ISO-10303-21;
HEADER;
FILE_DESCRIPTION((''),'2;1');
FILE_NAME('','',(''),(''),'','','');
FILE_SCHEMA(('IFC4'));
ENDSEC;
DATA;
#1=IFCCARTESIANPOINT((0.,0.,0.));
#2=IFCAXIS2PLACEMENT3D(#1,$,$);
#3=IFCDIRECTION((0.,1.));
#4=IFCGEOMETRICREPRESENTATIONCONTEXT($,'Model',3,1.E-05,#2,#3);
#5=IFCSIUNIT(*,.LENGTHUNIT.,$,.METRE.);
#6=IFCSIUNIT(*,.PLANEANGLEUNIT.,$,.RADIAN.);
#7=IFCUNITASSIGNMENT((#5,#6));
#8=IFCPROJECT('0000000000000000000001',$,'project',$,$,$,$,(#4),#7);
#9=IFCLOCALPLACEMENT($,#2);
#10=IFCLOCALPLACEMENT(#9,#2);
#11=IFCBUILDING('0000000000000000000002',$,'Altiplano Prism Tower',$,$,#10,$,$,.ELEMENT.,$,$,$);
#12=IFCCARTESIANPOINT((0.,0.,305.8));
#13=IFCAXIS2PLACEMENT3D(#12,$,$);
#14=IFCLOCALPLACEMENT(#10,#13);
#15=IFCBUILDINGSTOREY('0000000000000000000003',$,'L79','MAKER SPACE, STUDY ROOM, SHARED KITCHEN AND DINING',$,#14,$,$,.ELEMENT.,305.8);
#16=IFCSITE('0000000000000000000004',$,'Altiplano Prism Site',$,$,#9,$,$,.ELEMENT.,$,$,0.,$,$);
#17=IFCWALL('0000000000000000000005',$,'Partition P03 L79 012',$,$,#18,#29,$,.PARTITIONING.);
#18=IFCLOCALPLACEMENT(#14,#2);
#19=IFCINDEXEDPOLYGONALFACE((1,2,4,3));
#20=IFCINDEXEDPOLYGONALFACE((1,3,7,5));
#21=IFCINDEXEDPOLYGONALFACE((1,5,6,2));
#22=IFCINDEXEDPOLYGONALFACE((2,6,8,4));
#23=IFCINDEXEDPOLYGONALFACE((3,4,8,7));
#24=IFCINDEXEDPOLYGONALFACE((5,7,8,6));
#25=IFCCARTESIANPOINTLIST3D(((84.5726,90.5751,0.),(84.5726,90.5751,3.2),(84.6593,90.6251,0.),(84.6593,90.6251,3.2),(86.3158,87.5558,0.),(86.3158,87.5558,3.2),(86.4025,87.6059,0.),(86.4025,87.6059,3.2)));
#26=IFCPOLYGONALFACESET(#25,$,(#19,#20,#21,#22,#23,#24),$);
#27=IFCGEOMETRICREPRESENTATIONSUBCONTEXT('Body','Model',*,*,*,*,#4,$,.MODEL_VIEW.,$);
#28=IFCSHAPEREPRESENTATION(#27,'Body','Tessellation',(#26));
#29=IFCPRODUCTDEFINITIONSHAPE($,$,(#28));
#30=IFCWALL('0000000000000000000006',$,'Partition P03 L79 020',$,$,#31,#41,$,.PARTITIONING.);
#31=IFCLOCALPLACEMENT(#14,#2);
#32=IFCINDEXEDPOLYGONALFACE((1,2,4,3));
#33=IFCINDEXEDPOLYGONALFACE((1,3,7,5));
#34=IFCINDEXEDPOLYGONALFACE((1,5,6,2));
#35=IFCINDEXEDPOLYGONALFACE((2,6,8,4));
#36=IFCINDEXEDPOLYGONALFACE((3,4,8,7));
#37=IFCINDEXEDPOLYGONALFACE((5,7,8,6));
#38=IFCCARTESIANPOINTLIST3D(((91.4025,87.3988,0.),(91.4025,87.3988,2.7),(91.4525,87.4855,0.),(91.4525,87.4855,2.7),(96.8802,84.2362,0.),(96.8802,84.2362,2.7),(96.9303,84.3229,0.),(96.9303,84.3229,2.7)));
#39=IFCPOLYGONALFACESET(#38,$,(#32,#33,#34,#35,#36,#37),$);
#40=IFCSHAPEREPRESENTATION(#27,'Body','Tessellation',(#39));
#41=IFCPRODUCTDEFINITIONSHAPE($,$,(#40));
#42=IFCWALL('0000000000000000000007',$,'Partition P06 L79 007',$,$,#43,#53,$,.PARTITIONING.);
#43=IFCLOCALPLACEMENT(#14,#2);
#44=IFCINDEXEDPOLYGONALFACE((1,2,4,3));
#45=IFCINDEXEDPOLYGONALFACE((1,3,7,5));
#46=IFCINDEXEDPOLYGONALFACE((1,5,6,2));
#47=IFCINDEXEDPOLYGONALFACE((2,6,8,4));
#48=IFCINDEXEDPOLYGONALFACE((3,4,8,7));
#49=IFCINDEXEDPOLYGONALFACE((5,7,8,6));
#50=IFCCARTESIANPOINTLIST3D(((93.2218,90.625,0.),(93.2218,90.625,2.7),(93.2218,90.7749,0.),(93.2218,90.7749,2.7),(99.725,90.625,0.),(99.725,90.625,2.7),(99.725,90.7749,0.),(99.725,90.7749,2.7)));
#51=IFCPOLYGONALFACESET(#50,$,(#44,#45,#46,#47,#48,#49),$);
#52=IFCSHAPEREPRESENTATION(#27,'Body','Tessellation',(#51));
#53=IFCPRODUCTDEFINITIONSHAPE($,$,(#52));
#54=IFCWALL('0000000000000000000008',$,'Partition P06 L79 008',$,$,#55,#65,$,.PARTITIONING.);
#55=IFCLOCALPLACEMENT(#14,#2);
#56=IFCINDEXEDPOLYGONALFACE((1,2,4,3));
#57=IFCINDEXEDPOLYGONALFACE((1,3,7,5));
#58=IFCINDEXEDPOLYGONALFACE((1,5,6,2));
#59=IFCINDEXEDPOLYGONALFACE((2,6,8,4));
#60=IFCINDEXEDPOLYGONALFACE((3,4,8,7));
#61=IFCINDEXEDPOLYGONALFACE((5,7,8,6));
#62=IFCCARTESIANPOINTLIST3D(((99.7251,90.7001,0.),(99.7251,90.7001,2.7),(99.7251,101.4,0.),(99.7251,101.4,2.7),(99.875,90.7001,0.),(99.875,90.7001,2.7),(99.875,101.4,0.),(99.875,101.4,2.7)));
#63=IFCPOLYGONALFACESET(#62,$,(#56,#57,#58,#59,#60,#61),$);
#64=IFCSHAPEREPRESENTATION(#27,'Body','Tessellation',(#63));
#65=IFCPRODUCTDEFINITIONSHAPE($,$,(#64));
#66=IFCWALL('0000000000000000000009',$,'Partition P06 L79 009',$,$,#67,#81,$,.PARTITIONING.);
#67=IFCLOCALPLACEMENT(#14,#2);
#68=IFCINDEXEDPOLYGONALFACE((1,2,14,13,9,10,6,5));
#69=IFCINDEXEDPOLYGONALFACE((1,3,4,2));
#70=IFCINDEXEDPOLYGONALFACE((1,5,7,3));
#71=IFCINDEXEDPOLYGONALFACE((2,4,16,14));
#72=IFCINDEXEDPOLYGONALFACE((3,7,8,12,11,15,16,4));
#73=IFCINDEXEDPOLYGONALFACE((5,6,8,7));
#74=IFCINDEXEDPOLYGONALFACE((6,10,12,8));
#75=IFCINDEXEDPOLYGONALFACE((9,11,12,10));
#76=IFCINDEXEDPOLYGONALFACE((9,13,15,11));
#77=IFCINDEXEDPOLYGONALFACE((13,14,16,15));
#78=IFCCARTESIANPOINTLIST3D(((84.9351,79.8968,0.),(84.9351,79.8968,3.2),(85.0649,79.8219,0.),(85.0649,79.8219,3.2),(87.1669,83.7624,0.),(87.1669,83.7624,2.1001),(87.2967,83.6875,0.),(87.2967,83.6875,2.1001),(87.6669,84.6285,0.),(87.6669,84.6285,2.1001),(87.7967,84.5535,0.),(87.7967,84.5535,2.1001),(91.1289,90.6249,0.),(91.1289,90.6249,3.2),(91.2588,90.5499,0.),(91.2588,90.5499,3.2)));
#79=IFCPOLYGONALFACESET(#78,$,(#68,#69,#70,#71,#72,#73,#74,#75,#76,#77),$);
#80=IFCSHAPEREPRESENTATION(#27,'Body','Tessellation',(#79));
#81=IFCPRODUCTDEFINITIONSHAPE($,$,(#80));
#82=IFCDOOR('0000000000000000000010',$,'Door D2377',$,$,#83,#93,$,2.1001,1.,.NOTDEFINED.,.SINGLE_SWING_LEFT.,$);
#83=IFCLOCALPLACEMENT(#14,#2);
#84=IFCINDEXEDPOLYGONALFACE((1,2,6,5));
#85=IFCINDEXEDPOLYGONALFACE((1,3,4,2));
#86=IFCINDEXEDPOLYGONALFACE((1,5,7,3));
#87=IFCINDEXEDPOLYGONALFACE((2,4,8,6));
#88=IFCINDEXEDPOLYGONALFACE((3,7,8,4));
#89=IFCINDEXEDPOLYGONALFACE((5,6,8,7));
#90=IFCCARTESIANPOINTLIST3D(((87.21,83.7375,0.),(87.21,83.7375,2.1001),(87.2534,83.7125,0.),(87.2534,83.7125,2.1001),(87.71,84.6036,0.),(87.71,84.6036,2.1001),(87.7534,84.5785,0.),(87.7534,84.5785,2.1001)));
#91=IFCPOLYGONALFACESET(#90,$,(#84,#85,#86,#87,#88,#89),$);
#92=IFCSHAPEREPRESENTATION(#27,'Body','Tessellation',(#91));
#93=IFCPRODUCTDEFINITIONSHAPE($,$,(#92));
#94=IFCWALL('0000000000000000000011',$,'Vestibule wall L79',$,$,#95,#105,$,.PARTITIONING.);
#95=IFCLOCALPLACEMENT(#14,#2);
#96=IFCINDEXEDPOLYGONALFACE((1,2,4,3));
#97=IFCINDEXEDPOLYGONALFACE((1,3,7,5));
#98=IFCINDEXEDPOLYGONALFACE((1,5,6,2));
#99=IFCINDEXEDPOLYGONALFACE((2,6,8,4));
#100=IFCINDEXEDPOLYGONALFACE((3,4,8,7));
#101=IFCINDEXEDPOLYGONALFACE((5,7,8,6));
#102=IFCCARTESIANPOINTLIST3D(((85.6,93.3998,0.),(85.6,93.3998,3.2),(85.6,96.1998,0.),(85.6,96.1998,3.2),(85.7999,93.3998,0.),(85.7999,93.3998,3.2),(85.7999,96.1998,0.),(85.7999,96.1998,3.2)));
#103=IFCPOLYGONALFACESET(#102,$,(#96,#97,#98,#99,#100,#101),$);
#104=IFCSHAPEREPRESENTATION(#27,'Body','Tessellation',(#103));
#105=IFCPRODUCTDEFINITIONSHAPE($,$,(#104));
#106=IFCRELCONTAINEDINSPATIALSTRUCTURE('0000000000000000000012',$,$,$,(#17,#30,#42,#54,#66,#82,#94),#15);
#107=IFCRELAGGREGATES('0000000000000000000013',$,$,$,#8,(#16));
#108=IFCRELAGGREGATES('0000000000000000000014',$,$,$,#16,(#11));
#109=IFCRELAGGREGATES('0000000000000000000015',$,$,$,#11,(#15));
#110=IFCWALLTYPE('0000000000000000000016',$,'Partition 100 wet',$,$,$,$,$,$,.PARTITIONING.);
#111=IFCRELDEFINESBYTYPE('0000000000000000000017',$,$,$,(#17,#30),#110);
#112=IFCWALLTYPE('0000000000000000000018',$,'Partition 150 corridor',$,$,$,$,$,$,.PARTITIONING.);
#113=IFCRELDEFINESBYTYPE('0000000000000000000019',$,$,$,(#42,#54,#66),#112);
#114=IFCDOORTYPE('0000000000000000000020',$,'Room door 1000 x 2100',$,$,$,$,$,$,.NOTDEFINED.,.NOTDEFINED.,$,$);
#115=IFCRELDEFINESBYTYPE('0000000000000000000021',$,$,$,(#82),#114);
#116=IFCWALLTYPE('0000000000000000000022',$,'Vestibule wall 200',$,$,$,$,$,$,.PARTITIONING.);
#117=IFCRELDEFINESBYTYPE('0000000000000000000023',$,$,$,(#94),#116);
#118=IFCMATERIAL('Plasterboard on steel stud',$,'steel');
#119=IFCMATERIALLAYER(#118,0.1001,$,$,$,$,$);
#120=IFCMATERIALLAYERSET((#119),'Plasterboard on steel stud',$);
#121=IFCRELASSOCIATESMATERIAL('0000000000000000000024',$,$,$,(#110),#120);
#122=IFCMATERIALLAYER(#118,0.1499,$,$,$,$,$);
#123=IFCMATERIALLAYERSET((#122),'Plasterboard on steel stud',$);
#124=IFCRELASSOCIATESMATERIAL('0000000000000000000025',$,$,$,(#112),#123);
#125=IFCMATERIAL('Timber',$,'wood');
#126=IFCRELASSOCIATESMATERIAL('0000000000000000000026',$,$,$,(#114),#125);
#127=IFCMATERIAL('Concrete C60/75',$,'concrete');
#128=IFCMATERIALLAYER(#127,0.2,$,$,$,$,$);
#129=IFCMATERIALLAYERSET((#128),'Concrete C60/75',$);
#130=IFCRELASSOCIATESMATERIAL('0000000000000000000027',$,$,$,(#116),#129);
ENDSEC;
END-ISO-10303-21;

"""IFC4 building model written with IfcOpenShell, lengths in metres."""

from ifc_helpers import new_model, si_unit, direction, frame, frame_2d, origin, place, context, subcontext, project, spatial, rectangle, extrude, material, layer, layer_set, type_object, element, fill, save


model = new_model("IFC4")

# Units and contexts
model_context = context("Model", 3, precision=1e-05, world=origin(), true_north=direction((0.0, 1.0)))
body_context = subcontext(model_context, "Body", "Model", "MODEL_VIEW")
ifc_project = project(units=[si_unit("LENGTHUNIT", "METRE"), si_unit("PLANEANGLEUNIT", "RADIAN")], contexts=[model_context])

# Site, building, storey
site_placement = place(None, origin())
site = spatial("IfcSite", under=ifc_project, at=site_placement, Name="Altiplano Prism Site", CompositionType="ELEMENT", RefElevation=0.0)
building_placement = place(site_placement, origin())
building = spatial("IfcBuilding", under=site, at=building_placement, Name="Altiplano Prism Tower", CompositionType="ELEMENT")
storey_placement = place(building_placement, frame((0.0, 0.0, 305.8)))
storey = spatial("IfcBuildingStorey", under=building, at=storey_placement, Name="L79", Description="MAKER SPACE, STUDY ROOM, SHARED KITCHEN AND DINING", CompositionType="ELEMENT", Elevation=305.8)

# Shared definitions
ifc_material_1 = material(Name="Concrete C60/75", Category="concrete")

# Walls
ifc_material_2 = material(Name="Plasterboard on steel stud", Category="steel")
ifc_layer_1 = layer(ifc_material_2, 0.1001)
ifc_layer_set_1 = layer_set([ifc_layer_1], Name="Plasterboard on steel stud")
wall_type_1 = type_object("IfcWallType", Name="Partition 100 wet", PredefinedType="PARTITIONING", material=ifc_layer_set_1)
wall_1_placement = place(storey_placement, frame((84.616, 90.6001, 0.0), z_axis=(0.0, 0.0, 1.0), x_axis=(0.499995, -0.866028, 0.0)))
element("IfcWall", 1, at=wall_1_placement, inside=storey, type_object=wall_type_1, Name="Partition P03 L79 012", PredefinedType="PARTITIONING", context=body_context, shape_type="SweptSolid", body=[
    extrude(rectangle(XDim=3.4863, YDim=0.1001, at=frame_2d((1.7432, 0.0))), origin(), (0.0, 0.0, 1.0), 3.2),
])
wall_2_placement = place(storey_placement, frame((96.9053, 84.2795, 0.0), z_axis=(0.0, 0.0, 1.0), x_axis=(-0.866026, 0.5, 0.0)))
element("IfcWall", 2, at=wall_2_placement, inside=storey, type_object=wall_type_1, Name="Partition P03 L79 020", PredefinedType="PARTITIONING", context=body_context, shape_type="SweptSolid", body=[
    extrude(rectangle(XDim=6.3252, YDim=0.1001, at=frame_2d((3.1626, 0.0))), origin(), (0.0, 0.0, 1.0), 2.7),
])
ifc_layer_2 = layer(ifc_material_2, 0.1499)
ifc_layer_set_2 = layer_set([ifc_layer_2], Name="Plasterboard on steel stud")
wall_type_2 = type_object("IfcWallType", Name="Partition 150 corridor", PredefinedType="PARTITIONING", material=ifc_layer_set_2)
wall_3_placement = place(storey_placement, frame((93.2219, 90.7, 0.0), z_axis=(0.0, 0.0, 1.0), x_axis=(1.0, 0.0, 0.0)))
element("IfcWall", 3, at=wall_3_placement, inside=storey, type_object=wall_type_2, Name="Partition P06 L79 007", PredefinedType="PARTITIONING", context=body_context, shape_type="SweptSolid", body=[
    extrude(rectangle(XDim=6.5032, YDim=0.1499, at=frame_2d((3.2515, 0.0))), origin(), (0.0, 0.0, 1.0), 2.7),
])
wall_4_placement = place(storey_placement, frame((99.8, 90.7, 0.0), z_axis=(0.0, 0.0, 1.0), x_axis=(0.0, 1.0, 0.0)))
element("IfcWall", 4, at=wall_4_placement, inside=storey, type_object=wall_type_2, Name="Partition P06 L79 008", PredefinedType="PARTITIONING", context=body_context, shape_type="SweptSolid", body=[
    extrude(rectangle(XDim=10.7, YDim=0.1499, at=frame_2d((5.3501, 0.0))), origin(), (0.0, 0.0, 1.0), 2.7),
])

# Wall, opening, door
wall_5_placement = place(storey_placement, frame((91.1938, 90.5874, 0.0), z_axis=(0.0, 0.0, 1.0), x_axis=(-0.500001, -0.866025, 0.0)))
wall_5 = element("IfcWall", 5, at=wall_5_placement, inside=storey, type_object=wall_type_2, Name="Partition P06 L79 009", PredefinedType="PARTITIONING", context=body_context, shape_type="SweptSolid", body=[
    extrude(rectangle(XDim=12.3877, YDim=0.1499, at=frame_2d((6.1938, 0.0))), origin(), (0.0, 0.0, 1.0), 3.2),
])
opening_placement = place(wall_5_placement, frame((6.9241, 0.0, 0.0)))
opening = element("IfcOpeningElement", 6, at=opening_placement, cuts=wall_5, PredefinedType="OPENING", context=body_context, shape_type="SweptSolid", body=[
    extrude(rectangle(XDim=1.0, YDim=2.1001, at=frame_2d((0.5, 1.05))), frame((0.0, 0.0854, 0.0), z_axis=(0.0, -1.0, 0.0), x_axis=(1.0, 0.0, 0.0)), (0.0, 0.0, 1.0), 0.1709),
])
ifc_material_3 = material(Name="Timber", Category="wood")
door_type = type_object("IfcDoorType", Name="Room door 1000 x 2100", OperationType="NOTDEFINED", PredefinedType="NOTDEFINED", material=ifc_material_3)
door_placement = place(opening_placement, origin())
door = element("IfcDoor", 7, at=door_placement, inside=storey, type_object=door_type, Name="Door D2377", OperationType="SINGLE_SWING_LEFT", OverallHeight=2.1001, OverallWidth=1.0, PredefinedType="NOTDEFINED", context=body_context, shape_type="SweptSolid", body=[
    extrude(rectangle(XDim=1.0, YDim=2.1001, at=frame_2d((0.5, 1.05))), frame((0.0, 0.0249, 0.0), z_axis=(0.0, -1.0, 0.0), x_axis=(1.0, 0.0, 0.0)), (0.0, 0.0, 1.0), 0.05),
])
fill(opening, door)

# Wall
ifc_layer_3 = layer(ifc_material_1, 0.2)
ifc_layer_set_3 = layer_set([ifc_layer_3], Name="Concrete C60/75")
wall_type_3 = type_object("IfcWallType", Name="Vestibule wall 200", PredefinedType="PARTITIONING", material=ifc_layer_set_3)
wall_6_placement = place(storey_placement, frame((85.7, 93.3999, 0.0), z_axis=(0.0, 0.0, 1.0), x_axis=(0.0, 1.0, 0.0)))
element("IfcWall", 8, at=wall_6_placement, inside=storey, type_object=wall_type_3, Name="Vestibule wall L79", PredefinedType="PARTITIONING", context=body_context, shape_type="SweptSolid", body=[
    extrude(rectangle(XDim=2.8, YDim=0.2, at=frame_2d((1.3999, 0.0))), origin(), (0.0, 0.0, 1.0), 3.2),
])

save(model, "model.ifc")
